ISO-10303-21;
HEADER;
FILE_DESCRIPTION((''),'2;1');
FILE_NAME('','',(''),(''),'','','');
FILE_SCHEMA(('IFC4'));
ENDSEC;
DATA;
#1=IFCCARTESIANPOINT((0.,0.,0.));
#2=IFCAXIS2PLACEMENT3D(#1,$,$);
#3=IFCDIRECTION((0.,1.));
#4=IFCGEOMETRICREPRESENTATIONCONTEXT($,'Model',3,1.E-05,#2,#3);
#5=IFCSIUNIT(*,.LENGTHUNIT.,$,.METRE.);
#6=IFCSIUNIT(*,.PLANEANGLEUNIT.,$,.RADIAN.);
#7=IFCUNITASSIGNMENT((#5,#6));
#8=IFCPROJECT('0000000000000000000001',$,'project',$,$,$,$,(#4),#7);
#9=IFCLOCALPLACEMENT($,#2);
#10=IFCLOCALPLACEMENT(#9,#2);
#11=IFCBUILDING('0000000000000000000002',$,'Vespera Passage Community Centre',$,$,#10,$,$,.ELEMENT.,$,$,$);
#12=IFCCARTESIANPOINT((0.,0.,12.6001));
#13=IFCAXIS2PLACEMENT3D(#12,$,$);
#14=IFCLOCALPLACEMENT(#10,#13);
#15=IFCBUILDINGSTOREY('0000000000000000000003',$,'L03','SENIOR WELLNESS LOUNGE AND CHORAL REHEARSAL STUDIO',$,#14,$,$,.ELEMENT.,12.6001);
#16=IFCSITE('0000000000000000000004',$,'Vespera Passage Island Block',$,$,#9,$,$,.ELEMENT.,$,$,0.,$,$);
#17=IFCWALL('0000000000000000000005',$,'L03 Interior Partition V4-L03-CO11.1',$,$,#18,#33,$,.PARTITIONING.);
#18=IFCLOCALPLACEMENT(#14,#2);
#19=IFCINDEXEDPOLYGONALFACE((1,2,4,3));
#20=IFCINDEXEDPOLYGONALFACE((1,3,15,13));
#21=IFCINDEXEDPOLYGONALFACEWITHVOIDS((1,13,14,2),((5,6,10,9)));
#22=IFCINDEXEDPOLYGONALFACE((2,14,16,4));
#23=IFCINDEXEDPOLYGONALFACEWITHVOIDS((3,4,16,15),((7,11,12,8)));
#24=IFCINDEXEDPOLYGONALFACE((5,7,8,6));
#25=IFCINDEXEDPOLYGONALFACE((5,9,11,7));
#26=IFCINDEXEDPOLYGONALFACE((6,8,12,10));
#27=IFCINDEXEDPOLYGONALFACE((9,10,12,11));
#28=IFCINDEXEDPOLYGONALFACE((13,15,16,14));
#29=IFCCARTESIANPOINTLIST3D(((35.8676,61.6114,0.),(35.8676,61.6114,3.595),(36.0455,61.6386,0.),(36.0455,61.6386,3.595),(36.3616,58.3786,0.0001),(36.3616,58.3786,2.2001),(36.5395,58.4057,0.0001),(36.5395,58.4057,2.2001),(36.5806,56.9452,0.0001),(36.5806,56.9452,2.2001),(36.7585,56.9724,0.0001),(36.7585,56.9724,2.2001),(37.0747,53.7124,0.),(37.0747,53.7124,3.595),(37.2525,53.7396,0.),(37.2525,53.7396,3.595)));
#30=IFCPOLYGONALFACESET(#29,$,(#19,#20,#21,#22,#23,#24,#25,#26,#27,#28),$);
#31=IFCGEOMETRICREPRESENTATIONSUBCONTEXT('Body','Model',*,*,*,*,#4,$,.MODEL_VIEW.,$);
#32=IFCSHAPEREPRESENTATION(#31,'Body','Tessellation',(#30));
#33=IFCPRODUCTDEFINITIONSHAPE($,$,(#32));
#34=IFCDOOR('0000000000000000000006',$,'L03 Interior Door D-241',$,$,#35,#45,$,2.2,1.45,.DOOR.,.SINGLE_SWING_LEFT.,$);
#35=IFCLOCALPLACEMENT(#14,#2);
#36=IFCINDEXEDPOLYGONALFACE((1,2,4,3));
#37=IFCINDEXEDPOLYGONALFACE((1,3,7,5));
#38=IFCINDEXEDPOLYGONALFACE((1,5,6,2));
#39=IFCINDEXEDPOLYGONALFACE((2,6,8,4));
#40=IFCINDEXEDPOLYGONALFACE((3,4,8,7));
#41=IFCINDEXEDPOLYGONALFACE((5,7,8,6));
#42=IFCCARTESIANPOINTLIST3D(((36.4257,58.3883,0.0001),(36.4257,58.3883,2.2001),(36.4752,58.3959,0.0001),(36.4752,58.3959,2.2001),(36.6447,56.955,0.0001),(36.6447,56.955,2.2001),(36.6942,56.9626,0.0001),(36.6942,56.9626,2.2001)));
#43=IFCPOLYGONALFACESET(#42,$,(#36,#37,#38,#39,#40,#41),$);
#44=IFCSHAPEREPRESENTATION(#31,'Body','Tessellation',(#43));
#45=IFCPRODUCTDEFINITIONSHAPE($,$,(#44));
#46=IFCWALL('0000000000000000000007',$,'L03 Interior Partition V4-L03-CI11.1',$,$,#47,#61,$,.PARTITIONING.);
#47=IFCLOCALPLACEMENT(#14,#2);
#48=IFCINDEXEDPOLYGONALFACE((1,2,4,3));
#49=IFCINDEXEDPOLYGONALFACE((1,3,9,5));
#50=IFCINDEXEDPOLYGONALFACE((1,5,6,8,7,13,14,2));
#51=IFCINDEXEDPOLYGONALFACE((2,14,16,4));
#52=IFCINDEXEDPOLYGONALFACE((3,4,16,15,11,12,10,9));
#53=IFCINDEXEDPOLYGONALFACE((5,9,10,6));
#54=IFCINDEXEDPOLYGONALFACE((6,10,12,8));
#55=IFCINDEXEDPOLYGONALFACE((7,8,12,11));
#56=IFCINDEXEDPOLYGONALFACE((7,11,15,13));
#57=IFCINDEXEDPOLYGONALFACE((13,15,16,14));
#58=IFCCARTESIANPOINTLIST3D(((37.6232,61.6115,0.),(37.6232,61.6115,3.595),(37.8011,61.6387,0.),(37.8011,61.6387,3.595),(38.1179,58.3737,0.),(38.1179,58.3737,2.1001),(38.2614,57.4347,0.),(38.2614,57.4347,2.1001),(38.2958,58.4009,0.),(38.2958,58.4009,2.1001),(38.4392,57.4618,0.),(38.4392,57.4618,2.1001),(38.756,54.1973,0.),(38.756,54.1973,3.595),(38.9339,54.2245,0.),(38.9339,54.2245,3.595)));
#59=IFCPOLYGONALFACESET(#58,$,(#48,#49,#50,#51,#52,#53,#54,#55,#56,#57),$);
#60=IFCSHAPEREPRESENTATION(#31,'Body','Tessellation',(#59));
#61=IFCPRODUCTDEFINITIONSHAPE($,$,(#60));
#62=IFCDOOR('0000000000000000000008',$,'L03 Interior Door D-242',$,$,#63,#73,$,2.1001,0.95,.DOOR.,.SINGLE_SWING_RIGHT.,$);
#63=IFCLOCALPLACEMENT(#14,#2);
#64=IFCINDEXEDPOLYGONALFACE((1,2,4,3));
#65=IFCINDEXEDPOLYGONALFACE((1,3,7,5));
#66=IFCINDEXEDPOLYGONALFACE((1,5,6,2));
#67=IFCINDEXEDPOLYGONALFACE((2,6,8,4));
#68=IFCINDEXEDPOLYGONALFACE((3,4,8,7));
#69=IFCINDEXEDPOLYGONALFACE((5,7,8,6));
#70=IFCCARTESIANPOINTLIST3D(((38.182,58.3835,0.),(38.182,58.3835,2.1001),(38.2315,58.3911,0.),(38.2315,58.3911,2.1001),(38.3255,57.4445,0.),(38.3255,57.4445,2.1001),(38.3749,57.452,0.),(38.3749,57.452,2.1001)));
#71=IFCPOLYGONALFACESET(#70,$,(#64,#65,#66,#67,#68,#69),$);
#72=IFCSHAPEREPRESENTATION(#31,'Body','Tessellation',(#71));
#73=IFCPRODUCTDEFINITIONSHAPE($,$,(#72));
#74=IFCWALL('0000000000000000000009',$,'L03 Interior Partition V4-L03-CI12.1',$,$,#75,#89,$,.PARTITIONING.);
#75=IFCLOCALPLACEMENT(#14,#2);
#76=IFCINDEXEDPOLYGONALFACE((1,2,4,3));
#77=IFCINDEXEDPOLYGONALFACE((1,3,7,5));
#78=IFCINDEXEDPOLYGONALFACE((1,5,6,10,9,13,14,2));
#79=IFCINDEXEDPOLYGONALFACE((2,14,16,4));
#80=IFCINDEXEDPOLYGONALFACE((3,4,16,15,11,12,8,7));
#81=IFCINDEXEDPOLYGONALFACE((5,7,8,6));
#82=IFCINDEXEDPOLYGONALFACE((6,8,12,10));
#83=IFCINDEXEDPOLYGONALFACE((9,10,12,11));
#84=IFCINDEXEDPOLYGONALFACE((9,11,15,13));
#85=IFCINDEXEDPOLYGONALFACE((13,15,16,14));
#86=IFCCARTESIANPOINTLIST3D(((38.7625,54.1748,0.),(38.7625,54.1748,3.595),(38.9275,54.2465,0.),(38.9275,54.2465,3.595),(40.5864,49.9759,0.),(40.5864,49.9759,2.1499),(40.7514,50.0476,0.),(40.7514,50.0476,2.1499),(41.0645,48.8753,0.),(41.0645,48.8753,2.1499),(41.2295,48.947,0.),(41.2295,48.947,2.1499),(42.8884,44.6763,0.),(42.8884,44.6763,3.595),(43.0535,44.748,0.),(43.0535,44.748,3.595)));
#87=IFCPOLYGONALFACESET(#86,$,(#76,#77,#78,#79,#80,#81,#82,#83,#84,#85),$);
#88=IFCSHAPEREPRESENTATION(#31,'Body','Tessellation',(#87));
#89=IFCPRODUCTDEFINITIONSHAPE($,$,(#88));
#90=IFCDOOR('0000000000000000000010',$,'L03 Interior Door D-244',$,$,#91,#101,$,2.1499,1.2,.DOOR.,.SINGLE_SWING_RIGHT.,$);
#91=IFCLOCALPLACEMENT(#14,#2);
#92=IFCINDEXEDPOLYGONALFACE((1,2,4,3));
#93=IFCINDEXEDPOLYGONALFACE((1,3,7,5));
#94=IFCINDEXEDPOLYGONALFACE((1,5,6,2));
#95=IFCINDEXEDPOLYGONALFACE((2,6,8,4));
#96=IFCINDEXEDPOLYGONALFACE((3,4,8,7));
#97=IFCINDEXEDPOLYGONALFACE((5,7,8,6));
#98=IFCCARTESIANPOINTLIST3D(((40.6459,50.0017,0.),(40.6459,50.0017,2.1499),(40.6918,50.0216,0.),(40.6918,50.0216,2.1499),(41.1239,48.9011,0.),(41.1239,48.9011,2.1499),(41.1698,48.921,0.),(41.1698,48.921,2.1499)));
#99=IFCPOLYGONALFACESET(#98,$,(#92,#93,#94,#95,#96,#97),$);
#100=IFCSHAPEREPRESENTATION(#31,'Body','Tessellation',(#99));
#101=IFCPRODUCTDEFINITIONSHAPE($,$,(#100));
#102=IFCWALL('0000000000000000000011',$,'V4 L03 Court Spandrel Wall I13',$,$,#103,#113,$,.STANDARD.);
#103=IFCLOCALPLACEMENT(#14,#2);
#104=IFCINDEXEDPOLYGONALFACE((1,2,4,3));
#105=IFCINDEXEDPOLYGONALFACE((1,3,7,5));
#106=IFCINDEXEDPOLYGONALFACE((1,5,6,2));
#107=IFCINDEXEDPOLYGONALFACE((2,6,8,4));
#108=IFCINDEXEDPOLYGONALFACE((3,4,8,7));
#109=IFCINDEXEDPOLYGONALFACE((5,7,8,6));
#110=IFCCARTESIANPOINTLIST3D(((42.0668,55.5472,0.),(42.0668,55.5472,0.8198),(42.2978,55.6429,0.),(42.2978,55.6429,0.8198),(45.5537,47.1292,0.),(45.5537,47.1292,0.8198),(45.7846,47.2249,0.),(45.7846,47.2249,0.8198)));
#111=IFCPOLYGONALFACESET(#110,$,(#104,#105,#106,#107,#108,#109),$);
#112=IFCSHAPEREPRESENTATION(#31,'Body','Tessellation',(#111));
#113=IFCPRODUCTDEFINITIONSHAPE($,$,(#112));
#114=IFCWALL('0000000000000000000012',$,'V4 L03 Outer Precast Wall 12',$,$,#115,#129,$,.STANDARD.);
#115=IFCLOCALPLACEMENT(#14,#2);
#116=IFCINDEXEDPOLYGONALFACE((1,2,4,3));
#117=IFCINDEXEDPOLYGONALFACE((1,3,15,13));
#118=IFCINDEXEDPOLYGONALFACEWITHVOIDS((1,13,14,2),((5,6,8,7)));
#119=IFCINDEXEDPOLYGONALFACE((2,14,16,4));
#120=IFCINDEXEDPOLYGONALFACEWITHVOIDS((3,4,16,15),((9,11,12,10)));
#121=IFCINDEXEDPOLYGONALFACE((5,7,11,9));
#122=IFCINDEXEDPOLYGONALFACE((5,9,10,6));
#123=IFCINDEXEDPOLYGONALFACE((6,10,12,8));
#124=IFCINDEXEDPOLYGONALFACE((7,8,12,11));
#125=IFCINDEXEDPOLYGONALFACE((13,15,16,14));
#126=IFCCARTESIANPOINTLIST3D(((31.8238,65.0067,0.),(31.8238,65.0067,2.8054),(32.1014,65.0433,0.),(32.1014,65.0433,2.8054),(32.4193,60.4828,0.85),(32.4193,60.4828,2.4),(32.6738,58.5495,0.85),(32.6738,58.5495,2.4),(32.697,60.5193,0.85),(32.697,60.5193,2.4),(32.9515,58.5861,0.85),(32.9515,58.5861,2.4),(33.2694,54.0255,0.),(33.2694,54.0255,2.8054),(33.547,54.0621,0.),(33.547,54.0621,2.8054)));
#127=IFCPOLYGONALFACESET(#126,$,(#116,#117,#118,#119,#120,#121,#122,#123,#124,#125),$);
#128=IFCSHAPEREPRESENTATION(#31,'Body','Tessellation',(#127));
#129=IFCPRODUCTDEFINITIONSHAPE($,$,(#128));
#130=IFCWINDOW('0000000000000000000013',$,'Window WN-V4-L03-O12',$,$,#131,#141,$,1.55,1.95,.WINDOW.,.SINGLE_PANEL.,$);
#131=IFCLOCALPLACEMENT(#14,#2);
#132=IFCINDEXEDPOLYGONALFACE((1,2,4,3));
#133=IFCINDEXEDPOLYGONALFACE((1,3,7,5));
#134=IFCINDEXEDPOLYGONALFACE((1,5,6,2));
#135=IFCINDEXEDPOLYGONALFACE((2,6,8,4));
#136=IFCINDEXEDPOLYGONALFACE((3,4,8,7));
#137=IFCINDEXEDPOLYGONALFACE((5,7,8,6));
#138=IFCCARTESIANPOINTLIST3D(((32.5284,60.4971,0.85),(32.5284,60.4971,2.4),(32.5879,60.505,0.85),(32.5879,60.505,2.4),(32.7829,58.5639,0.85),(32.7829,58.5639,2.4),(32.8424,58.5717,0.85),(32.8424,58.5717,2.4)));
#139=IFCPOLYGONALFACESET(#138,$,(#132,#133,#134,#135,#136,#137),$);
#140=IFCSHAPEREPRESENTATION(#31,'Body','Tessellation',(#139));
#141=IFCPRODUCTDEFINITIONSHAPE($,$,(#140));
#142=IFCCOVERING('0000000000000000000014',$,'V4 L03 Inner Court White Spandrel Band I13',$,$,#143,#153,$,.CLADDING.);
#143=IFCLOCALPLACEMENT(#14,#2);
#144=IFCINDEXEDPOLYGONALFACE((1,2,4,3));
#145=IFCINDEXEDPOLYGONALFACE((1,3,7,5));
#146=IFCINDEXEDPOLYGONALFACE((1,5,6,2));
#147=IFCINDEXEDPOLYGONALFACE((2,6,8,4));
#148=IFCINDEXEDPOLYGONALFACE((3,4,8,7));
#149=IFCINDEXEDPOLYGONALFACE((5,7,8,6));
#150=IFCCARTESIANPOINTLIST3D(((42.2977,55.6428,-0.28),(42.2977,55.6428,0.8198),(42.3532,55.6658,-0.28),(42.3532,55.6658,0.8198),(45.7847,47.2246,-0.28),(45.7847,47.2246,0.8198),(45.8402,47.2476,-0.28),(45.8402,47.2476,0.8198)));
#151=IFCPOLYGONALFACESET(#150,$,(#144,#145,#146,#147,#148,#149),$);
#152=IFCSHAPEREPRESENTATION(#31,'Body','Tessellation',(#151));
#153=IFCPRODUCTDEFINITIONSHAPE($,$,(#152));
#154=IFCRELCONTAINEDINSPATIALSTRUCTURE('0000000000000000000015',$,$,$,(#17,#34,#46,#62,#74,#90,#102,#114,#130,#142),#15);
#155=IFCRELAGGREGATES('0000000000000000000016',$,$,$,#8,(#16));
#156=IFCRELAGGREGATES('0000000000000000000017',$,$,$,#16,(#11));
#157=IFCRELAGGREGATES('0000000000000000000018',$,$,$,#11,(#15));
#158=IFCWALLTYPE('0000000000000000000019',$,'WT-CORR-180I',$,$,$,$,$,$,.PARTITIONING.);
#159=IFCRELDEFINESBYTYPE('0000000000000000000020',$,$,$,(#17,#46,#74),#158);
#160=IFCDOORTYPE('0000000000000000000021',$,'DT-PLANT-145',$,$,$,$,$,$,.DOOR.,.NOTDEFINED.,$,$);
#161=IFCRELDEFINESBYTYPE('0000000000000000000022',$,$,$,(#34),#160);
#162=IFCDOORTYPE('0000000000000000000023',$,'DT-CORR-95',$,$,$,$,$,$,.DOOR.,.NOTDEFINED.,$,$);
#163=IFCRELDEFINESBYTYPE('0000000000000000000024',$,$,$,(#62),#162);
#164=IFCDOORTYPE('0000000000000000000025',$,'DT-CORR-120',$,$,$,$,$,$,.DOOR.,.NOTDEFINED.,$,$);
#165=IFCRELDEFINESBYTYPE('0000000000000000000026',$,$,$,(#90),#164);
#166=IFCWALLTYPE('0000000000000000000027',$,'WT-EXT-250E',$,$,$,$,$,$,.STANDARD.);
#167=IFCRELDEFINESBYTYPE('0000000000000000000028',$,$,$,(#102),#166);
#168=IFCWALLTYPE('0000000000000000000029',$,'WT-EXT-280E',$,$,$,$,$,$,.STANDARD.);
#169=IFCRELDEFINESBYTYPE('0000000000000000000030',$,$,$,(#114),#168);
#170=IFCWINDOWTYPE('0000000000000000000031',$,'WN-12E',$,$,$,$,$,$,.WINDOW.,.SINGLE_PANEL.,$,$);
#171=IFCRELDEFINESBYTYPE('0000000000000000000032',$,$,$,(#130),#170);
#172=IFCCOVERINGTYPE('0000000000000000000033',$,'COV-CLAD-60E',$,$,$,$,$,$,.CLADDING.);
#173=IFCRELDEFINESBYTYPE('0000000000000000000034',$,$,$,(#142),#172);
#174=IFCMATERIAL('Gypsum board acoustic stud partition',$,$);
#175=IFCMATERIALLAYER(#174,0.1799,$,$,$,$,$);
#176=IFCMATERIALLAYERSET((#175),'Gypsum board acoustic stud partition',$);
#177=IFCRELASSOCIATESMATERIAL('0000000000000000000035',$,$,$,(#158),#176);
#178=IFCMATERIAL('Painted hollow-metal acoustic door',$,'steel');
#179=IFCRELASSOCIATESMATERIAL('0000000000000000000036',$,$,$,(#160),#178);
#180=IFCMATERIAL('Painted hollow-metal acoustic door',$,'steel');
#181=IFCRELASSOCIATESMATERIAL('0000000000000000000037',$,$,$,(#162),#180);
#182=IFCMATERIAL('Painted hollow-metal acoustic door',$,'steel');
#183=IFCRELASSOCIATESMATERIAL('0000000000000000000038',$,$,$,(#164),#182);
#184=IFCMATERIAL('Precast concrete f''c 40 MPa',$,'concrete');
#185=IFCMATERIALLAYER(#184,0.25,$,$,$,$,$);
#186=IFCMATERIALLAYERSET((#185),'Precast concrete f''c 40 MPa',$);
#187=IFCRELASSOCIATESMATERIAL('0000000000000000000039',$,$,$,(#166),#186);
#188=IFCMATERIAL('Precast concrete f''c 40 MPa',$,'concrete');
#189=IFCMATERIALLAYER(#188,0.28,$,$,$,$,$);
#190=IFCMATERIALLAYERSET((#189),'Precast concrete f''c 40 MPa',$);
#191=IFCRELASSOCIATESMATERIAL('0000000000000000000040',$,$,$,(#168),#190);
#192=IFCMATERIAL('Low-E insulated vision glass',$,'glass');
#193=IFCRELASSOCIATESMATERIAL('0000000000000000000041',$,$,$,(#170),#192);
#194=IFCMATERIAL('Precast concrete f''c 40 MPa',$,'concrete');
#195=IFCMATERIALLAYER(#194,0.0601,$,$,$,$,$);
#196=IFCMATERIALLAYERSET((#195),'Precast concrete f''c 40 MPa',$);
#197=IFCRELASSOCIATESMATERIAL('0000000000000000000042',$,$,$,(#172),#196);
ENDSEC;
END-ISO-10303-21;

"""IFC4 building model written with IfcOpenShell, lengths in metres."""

from ifc_helpers import new_model, si_unit, direction, frame, frame_2d, origin, place, context, subcontext, project, spatial, rectangle, extrude, material, layer, layer_set, type_object, element, fill, save


model = new_model("IFC4")

# Units and contexts
model_context = context("Model", 3, precision=1e-05, world=origin(), true_north=direction((0.0, 1.0)))
body_context = subcontext(model_context, "Body", "Model", "MODEL_VIEW")
ifc_project = project(units=[si_unit("LENGTHUNIT", "METRE"), si_unit("PLANEANGLEUNIT", "RADIAN")], contexts=[model_context])

# Site, building, storey
site_placement = place(None, origin())
site = spatial("IfcSite", under=ifc_project, at=site_placement, Name="Vespera Passage Island Block", CompositionType="ELEMENT", RefElevation=0.0)
building_placement = place(site_placement, origin())
building = spatial("IfcBuilding", under=site, at=building_placement, Name="Vespera Passage Community Centre", CompositionType="ELEMENT")
storey_placement = place(building_placement, frame((0.0, 0.0, 12.6001)))
storey = spatial("IfcBuildingStorey", under=building, at=storey_placement, Name="L03", Description="SENIOR WELLNESS LOUNGE AND CHORAL REHEARSAL STUDIO", CompositionType="ELEMENT", Elevation=12.6001)

# Walls, openings, doors
ifc_material_1 = material(Name="Gypsum board acoustic stud partition")
ifc_layer_1 = layer(ifc_material_1, 0.1799)
ifc_layer_set_1 = layer_set([ifc_layer_1], Name="Gypsum board acoustic stud partition")
wall_type_1 = type_object("IfcWallType", Name="WT-CORR-180I", PredefinedType="PARTITIONING", material=ifc_layer_set_1)
wall_1_placement = place(storey_placement, frame((35.9565, 61.625, 0.0), z_axis=(0.0, 0.0, 1.0), x_axis=(0.151056, -0.988525, 0.0)))
wall_1 = element("IfcWall", 1, at=wall_1_placement, inside=storey, type_object=wall_type_1, Name="L03 Interior Partition V4-L03-CO11.1", PredefinedType="PARTITIONING", context=body_context, shape_type="SweptSolid", body=[
    extrude(rectangle(XDim=7.9907, YDim=0.1799, at=frame_2d((3.9954, 0.0))), origin(), (0.0, 0.0, 1.0), 3.595),
])
opening_1_placement = place(wall_1_placement, frame((3.2703, 0.0, 0.0)))
opening_1 = element("IfcOpeningElement", 2, at=opening_1_placement, cuts=wall_1, PredefinedType="OPENING", context=body_context, shape_type="SweptSolid", body=[
    extrude(rectangle(XDim=1.45, YDim=2.2, at=frame_2d((0.7251, 1.1001))), frame((0.0, 0.0999, 0.0), z_axis=(0.0, -1.0, 0.0), x_axis=(1.0, 0.0, 0.0)), (0.0, 0.0, 1.0), 0.2),
])
ifc_material_2 = material(Name="Painted hollow-metal acoustic door", Category="steel")
door_type_1 = type_object("IfcDoorType", Name="DT-PLANT-145", OperationType="NOTDEFINED", PredefinedType="DOOR", material=ifc_material_2)
door_1_placement = place(opening_1_placement, origin())
door_1 = element("IfcDoor", 3, at=door_1_placement, inside=storey, type_object=door_type_1, Name="L03 Interior Door D-241", OperationType="SINGLE_SWING_LEFT", OverallHeight=2.2, OverallWidth=1.45, PredefinedType="DOOR", context=body_context, shape_type="SweptSolid", body=[
    extrude(rectangle(XDim=1.45, YDim=2.2, at=frame_2d((0.7251, 1.1001))), frame((0.0, 0.0249, 0.0), z_axis=(0.0, -1.0, 0.0), x_axis=(1.0, 0.0, 0.0)), (0.0, 0.0, 1.0), 0.05),
])
fill(opening_1, door_1)
wall_2_placement = place(storey_placement, frame((37.7122, 61.625, 0.0), z_axis=(0.0, 0.0, 1.0), x_axis=(0.151035, -0.988528, 0.0)))
wall_2 = element("IfcWall", 4, at=wall_2_placement, inside=storey, type_object=wall_type_1, Name="L03 Interior Partition V4-L03-CI11.1", PredefinedType="PARTITIONING", context=body_context, shape_type="SweptSolid", body=[
    extrude(rectangle(XDim=7.5002, YDim=0.1799, at=frame_2d((3.75, 0.0))), origin(), (0.0, 0.0, 1.0), 3.595),
])
opening_2_placement = place(wall_2_placement, frame((3.2751, 0.0, 0.0)))
opening_2 = element("IfcOpeningElement", 5, at=opening_2_placement, cuts=wall_2, PredefinedType="OPENING", context=body_context, shape_type="SweptSolid", body=[
    extrude(rectangle(XDim=0.95, YDim=2.1001, at=frame_2d((0.4751, 1.05))), frame((0.0, 0.0999, 0.0), z_axis=(0.0, -1.0, 0.0), x_axis=(1.0, 0.0, 0.0)), (0.0, 0.0, 1.0), 0.2),
])
ifc_material_3 = material(Name="Painted hollow-metal acoustic door", Category="steel")
door_type_2 = type_object("IfcDoorType", Name="DT-CORR-95", OperationType="NOTDEFINED", PredefinedType="DOOR", material=ifc_material_3)
door_2_placement = place(opening_2_placement, origin())
door_2 = element("IfcDoor", 6, at=door_2_placement, inside=storey, type_object=door_type_2, Name="L03 Interior Door D-242", OperationType="SINGLE_SWING_RIGHT", OverallHeight=2.1001, OverallWidth=0.95, PredefinedType="DOOR", context=body_context, shape_type="SweptSolid", body=[
    extrude(rectangle(XDim=0.95, YDim=2.1001, at=frame_2d((0.4751, 1.05))), frame((0.0, 0.0249, 0.0), z_axis=(0.0, -1.0, 0.0), x_axis=(1.0, 0.0, 0.0)), (0.0, 0.0, 1.0), 0.05),
])
fill(opening_2, door_2)
wall_3_placement = place(storey_placement, frame((38.845, 54.2107, 0.0), z_axis=(0.0, 0.0, 1.0), x_axis=(0.398416, -0.917205, 0.0)))
wall_3 = element("IfcWall", 7, at=wall_3_placement, inside=storey, type_object=wall_type_1, Name="L03 Interior Partition V4-L03-CI12.1", PredefinedType="PARTITIONING", context=body_context, shape_type="SweptSolid", body=[
    extrude(rectangle(XDim=10.356, YDim=0.1799, at=frame_2d((5.178, 0.0))), origin(), (0.0, 0.0, 1.0), 3.595),
])
opening_3_placement = place(wall_3_placement, frame((4.5779, 0.0, 0.0)))
opening_3 = element("IfcOpeningElement", 8, at=opening_3_placement, cuts=wall_3, PredefinedType="OPENING", context=body_context, shape_type="SweptSolid", body=[
    extrude(rectangle(XDim=1.2, YDim=2.1499, at=frame_2d((0.6001, 1.075))), frame((0.0, 0.0999, 0.0), z_axis=(0.0, -1.0, 0.0), x_axis=(1.0, 0.0, 0.0)), (0.0, 0.0, 1.0), 0.2),
])
ifc_material_4 = material(Name="Painted hollow-metal acoustic door", Category="steel")
door_type_3 = type_object("IfcDoorType", Name="DT-CORR-120", OperationType="NOTDEFINED", PredefinedType="DOOR", material=ifc_material_4)
door_3_placement = place(opening_3_placement, origin())
door_3 = element("IfcDoor", 9, at=door_3_placement, inside=storey, type_object=door_type_3, Name="L03 Interior Door D-244", OperationType="SINGLE_SWING_RIGHT", OverallHeight=2.1499, OverallWidth=1.2, PredefinedType="DOOR", context=body_context, shape_type="SweptSolid", body=[
    extrude(rectangle(XDim=1.2, YDim=2.1499, at=frame_2d((0.6001, 1.075))), frame((0.0, 0.0249, 0.0), z_axis=(0.0, -1.0, 0.0), x_axis=(1.0, 0.0, 0.0)), (0.0, 0.0, 1.0), 0.05),
])
fill(opening_3, door_3)

# Wall
ifc_material_5 = material(Name="Precast concrete f'c 40 MPa", Category="concrete")
ifc_layer_2 = layer(ifc_material_5, 0.25)
ifc_layer_set_2 = layer_set([ifc_layer_2], Name="Precast concrete f'c 40 MPa")
wall_type_2 = type_object("IfcWallType", Name="WT-EXT-250E", PredefinedType="STANDARD", material=ifc_layer_set_2)
wall_4_placement = place(storey_placement, frame((42.1824, 55.595, 0.0), z_axis=(0.0, 0.0, 1.0), x_axis=(0.382682, -0.92388, 0.0)))
element("IfcWall", 10, at=wall_4_placement, inside=storey, type_object=wall_type_2, Name="V4 L03 Court Spandrel Wall I13", PredefinedType="STANDARD", context=body_context, shape_type="SweptSolid", body=[
    extrude(rectangle(XDim=9.1116, YDim=0.25, at=frame_2d((4.5557, 0.0))), origin(), (0.0, 0.0, 1.0), 0.8198),
])

# Wall, opening, window
ifc_material_6 = material(Name="Precast concrete f'c 40 MPa", Category="concrete")
ifc_layer_3 = layer(ifc_material_6, 0.28)
ifc_layer_set_3 = layer_set([ifc_layer_3], Name="Precast concrete f'c 40 MPa")
wall_type_3 = type_object("IfcWallType", Name="WT-EXT-280E", PredefinedType="STANDARD", material=ifc_layer_set_3)
wall_5_placement = place(storey_placement, frame((33.4082, 54.0437, 0.0), z_axis=(0.0, 0.0, 1.0), x_axis=(-0.130513, 0.991447, 0.0)))
wall_5 = element("IfcWall", 11, at=wall_5_placement, inside=storey, type_object=wall_type_3, Name="V4 L03 Outer Precast Wall 12", PredefinedType="STANDARD", context=body_context, shape_type="SweptSolid", body=[
    extrude(rectangle(XDim=11.0759, YDim=0.28, at=frame_2d((5.5381, 0.0))), origin(), (0.0, 0.0, 1.0), 2.8054),
])
opening_4_placement = place(wall_5_placement, frame((4.563, 0.0, 0.8501)))
opening_4 = element("IfcOpeningElement", 12, at=opening_4_placement, cuts=wall_5, PredefinedType="OPENING", context=body_context, shape_type="SweptSolid", body=[
    extrude(rectangle(XDim=1.95, YDim=1.55, at=frame_2d((0.9751, 0.7749))), frame((0.0, 0.1501, 0.0), z_axis=(0.0, -1.0, 0.0), x_axis=(1.0, 0.0, 0.0)), (0.0, 0.0, 1.0), 0.3),
])
ifc_material_7 = material(Name="Low-E insulated vision glass", Category="glass")
window_type = type_object("IfcWindowType", Name="WN-12E", PartitioningType="SINGLE_PANEL", PredefinedType="WINDOW", material=ifc_material_7)
window_placement = place(opening_4_placement, origin())
window = element("IfcWindow", 13, at=window_placement, inside=storey, type_object=window_type, Name="Window WN-V4-L03-O12", OverallHeight=1.55, OverallWidth=1.95, PartitioningType="SINGLE_PANEL", PredefinedType="WINDOW", context=body_context, shape_type="SweptSolid", body=[
    extrude(rectangle(XDim=1.95, YDim=1.55, at=frame_2d((0.9751, 0.7749))), frame((0.0, 0.03, 0.0), z_axis=(0.0, -1.0, 0.0), x_axis=(1.0, 0.0, 0.0)), (0.0, 0.0, 1.0), 0.0601),
])
fill(opening_4, window)

# Covering
ifc_material_8 = material(Name="Precast concrete f'c 40 MPa", Category="concrete")
ifc_layer_4 = layer(ifc_material_8, 0.0601)
ifc_layer_set_4 = layer_set([ifc_layer_4], Name="Precast concrete f'c 40 MPa")
covering_type = type_object("IfcCoveringType", Name="COV-CLAD-60E", PredefinedType="CLADDING", material=ifc_layer_set_4)
covering_placement = place(storey_placement, frame((42.3254, 55.6543, -0.28), z_axis=(0.0, 0.0, 1.0), x_axis=(0.382695, -0.923875, 0.0)))
element("IfcCovering", 14, at=covering_placement, inside=storey, type_object=covering_type, Name="V4 L03 Inner Court White Spandrel Band I13", PredefinedType="CLADDING", context=body_context, shape_type="SweptSolid", body=[
    extrude(rectangle(XDim=9.1118, YDim=0.0601, at=frame_2d((4.5559, 0.0))), origin(), (0.0, 0.0, 1.0), 1.0999),
])

save(model, "model.ifc")
